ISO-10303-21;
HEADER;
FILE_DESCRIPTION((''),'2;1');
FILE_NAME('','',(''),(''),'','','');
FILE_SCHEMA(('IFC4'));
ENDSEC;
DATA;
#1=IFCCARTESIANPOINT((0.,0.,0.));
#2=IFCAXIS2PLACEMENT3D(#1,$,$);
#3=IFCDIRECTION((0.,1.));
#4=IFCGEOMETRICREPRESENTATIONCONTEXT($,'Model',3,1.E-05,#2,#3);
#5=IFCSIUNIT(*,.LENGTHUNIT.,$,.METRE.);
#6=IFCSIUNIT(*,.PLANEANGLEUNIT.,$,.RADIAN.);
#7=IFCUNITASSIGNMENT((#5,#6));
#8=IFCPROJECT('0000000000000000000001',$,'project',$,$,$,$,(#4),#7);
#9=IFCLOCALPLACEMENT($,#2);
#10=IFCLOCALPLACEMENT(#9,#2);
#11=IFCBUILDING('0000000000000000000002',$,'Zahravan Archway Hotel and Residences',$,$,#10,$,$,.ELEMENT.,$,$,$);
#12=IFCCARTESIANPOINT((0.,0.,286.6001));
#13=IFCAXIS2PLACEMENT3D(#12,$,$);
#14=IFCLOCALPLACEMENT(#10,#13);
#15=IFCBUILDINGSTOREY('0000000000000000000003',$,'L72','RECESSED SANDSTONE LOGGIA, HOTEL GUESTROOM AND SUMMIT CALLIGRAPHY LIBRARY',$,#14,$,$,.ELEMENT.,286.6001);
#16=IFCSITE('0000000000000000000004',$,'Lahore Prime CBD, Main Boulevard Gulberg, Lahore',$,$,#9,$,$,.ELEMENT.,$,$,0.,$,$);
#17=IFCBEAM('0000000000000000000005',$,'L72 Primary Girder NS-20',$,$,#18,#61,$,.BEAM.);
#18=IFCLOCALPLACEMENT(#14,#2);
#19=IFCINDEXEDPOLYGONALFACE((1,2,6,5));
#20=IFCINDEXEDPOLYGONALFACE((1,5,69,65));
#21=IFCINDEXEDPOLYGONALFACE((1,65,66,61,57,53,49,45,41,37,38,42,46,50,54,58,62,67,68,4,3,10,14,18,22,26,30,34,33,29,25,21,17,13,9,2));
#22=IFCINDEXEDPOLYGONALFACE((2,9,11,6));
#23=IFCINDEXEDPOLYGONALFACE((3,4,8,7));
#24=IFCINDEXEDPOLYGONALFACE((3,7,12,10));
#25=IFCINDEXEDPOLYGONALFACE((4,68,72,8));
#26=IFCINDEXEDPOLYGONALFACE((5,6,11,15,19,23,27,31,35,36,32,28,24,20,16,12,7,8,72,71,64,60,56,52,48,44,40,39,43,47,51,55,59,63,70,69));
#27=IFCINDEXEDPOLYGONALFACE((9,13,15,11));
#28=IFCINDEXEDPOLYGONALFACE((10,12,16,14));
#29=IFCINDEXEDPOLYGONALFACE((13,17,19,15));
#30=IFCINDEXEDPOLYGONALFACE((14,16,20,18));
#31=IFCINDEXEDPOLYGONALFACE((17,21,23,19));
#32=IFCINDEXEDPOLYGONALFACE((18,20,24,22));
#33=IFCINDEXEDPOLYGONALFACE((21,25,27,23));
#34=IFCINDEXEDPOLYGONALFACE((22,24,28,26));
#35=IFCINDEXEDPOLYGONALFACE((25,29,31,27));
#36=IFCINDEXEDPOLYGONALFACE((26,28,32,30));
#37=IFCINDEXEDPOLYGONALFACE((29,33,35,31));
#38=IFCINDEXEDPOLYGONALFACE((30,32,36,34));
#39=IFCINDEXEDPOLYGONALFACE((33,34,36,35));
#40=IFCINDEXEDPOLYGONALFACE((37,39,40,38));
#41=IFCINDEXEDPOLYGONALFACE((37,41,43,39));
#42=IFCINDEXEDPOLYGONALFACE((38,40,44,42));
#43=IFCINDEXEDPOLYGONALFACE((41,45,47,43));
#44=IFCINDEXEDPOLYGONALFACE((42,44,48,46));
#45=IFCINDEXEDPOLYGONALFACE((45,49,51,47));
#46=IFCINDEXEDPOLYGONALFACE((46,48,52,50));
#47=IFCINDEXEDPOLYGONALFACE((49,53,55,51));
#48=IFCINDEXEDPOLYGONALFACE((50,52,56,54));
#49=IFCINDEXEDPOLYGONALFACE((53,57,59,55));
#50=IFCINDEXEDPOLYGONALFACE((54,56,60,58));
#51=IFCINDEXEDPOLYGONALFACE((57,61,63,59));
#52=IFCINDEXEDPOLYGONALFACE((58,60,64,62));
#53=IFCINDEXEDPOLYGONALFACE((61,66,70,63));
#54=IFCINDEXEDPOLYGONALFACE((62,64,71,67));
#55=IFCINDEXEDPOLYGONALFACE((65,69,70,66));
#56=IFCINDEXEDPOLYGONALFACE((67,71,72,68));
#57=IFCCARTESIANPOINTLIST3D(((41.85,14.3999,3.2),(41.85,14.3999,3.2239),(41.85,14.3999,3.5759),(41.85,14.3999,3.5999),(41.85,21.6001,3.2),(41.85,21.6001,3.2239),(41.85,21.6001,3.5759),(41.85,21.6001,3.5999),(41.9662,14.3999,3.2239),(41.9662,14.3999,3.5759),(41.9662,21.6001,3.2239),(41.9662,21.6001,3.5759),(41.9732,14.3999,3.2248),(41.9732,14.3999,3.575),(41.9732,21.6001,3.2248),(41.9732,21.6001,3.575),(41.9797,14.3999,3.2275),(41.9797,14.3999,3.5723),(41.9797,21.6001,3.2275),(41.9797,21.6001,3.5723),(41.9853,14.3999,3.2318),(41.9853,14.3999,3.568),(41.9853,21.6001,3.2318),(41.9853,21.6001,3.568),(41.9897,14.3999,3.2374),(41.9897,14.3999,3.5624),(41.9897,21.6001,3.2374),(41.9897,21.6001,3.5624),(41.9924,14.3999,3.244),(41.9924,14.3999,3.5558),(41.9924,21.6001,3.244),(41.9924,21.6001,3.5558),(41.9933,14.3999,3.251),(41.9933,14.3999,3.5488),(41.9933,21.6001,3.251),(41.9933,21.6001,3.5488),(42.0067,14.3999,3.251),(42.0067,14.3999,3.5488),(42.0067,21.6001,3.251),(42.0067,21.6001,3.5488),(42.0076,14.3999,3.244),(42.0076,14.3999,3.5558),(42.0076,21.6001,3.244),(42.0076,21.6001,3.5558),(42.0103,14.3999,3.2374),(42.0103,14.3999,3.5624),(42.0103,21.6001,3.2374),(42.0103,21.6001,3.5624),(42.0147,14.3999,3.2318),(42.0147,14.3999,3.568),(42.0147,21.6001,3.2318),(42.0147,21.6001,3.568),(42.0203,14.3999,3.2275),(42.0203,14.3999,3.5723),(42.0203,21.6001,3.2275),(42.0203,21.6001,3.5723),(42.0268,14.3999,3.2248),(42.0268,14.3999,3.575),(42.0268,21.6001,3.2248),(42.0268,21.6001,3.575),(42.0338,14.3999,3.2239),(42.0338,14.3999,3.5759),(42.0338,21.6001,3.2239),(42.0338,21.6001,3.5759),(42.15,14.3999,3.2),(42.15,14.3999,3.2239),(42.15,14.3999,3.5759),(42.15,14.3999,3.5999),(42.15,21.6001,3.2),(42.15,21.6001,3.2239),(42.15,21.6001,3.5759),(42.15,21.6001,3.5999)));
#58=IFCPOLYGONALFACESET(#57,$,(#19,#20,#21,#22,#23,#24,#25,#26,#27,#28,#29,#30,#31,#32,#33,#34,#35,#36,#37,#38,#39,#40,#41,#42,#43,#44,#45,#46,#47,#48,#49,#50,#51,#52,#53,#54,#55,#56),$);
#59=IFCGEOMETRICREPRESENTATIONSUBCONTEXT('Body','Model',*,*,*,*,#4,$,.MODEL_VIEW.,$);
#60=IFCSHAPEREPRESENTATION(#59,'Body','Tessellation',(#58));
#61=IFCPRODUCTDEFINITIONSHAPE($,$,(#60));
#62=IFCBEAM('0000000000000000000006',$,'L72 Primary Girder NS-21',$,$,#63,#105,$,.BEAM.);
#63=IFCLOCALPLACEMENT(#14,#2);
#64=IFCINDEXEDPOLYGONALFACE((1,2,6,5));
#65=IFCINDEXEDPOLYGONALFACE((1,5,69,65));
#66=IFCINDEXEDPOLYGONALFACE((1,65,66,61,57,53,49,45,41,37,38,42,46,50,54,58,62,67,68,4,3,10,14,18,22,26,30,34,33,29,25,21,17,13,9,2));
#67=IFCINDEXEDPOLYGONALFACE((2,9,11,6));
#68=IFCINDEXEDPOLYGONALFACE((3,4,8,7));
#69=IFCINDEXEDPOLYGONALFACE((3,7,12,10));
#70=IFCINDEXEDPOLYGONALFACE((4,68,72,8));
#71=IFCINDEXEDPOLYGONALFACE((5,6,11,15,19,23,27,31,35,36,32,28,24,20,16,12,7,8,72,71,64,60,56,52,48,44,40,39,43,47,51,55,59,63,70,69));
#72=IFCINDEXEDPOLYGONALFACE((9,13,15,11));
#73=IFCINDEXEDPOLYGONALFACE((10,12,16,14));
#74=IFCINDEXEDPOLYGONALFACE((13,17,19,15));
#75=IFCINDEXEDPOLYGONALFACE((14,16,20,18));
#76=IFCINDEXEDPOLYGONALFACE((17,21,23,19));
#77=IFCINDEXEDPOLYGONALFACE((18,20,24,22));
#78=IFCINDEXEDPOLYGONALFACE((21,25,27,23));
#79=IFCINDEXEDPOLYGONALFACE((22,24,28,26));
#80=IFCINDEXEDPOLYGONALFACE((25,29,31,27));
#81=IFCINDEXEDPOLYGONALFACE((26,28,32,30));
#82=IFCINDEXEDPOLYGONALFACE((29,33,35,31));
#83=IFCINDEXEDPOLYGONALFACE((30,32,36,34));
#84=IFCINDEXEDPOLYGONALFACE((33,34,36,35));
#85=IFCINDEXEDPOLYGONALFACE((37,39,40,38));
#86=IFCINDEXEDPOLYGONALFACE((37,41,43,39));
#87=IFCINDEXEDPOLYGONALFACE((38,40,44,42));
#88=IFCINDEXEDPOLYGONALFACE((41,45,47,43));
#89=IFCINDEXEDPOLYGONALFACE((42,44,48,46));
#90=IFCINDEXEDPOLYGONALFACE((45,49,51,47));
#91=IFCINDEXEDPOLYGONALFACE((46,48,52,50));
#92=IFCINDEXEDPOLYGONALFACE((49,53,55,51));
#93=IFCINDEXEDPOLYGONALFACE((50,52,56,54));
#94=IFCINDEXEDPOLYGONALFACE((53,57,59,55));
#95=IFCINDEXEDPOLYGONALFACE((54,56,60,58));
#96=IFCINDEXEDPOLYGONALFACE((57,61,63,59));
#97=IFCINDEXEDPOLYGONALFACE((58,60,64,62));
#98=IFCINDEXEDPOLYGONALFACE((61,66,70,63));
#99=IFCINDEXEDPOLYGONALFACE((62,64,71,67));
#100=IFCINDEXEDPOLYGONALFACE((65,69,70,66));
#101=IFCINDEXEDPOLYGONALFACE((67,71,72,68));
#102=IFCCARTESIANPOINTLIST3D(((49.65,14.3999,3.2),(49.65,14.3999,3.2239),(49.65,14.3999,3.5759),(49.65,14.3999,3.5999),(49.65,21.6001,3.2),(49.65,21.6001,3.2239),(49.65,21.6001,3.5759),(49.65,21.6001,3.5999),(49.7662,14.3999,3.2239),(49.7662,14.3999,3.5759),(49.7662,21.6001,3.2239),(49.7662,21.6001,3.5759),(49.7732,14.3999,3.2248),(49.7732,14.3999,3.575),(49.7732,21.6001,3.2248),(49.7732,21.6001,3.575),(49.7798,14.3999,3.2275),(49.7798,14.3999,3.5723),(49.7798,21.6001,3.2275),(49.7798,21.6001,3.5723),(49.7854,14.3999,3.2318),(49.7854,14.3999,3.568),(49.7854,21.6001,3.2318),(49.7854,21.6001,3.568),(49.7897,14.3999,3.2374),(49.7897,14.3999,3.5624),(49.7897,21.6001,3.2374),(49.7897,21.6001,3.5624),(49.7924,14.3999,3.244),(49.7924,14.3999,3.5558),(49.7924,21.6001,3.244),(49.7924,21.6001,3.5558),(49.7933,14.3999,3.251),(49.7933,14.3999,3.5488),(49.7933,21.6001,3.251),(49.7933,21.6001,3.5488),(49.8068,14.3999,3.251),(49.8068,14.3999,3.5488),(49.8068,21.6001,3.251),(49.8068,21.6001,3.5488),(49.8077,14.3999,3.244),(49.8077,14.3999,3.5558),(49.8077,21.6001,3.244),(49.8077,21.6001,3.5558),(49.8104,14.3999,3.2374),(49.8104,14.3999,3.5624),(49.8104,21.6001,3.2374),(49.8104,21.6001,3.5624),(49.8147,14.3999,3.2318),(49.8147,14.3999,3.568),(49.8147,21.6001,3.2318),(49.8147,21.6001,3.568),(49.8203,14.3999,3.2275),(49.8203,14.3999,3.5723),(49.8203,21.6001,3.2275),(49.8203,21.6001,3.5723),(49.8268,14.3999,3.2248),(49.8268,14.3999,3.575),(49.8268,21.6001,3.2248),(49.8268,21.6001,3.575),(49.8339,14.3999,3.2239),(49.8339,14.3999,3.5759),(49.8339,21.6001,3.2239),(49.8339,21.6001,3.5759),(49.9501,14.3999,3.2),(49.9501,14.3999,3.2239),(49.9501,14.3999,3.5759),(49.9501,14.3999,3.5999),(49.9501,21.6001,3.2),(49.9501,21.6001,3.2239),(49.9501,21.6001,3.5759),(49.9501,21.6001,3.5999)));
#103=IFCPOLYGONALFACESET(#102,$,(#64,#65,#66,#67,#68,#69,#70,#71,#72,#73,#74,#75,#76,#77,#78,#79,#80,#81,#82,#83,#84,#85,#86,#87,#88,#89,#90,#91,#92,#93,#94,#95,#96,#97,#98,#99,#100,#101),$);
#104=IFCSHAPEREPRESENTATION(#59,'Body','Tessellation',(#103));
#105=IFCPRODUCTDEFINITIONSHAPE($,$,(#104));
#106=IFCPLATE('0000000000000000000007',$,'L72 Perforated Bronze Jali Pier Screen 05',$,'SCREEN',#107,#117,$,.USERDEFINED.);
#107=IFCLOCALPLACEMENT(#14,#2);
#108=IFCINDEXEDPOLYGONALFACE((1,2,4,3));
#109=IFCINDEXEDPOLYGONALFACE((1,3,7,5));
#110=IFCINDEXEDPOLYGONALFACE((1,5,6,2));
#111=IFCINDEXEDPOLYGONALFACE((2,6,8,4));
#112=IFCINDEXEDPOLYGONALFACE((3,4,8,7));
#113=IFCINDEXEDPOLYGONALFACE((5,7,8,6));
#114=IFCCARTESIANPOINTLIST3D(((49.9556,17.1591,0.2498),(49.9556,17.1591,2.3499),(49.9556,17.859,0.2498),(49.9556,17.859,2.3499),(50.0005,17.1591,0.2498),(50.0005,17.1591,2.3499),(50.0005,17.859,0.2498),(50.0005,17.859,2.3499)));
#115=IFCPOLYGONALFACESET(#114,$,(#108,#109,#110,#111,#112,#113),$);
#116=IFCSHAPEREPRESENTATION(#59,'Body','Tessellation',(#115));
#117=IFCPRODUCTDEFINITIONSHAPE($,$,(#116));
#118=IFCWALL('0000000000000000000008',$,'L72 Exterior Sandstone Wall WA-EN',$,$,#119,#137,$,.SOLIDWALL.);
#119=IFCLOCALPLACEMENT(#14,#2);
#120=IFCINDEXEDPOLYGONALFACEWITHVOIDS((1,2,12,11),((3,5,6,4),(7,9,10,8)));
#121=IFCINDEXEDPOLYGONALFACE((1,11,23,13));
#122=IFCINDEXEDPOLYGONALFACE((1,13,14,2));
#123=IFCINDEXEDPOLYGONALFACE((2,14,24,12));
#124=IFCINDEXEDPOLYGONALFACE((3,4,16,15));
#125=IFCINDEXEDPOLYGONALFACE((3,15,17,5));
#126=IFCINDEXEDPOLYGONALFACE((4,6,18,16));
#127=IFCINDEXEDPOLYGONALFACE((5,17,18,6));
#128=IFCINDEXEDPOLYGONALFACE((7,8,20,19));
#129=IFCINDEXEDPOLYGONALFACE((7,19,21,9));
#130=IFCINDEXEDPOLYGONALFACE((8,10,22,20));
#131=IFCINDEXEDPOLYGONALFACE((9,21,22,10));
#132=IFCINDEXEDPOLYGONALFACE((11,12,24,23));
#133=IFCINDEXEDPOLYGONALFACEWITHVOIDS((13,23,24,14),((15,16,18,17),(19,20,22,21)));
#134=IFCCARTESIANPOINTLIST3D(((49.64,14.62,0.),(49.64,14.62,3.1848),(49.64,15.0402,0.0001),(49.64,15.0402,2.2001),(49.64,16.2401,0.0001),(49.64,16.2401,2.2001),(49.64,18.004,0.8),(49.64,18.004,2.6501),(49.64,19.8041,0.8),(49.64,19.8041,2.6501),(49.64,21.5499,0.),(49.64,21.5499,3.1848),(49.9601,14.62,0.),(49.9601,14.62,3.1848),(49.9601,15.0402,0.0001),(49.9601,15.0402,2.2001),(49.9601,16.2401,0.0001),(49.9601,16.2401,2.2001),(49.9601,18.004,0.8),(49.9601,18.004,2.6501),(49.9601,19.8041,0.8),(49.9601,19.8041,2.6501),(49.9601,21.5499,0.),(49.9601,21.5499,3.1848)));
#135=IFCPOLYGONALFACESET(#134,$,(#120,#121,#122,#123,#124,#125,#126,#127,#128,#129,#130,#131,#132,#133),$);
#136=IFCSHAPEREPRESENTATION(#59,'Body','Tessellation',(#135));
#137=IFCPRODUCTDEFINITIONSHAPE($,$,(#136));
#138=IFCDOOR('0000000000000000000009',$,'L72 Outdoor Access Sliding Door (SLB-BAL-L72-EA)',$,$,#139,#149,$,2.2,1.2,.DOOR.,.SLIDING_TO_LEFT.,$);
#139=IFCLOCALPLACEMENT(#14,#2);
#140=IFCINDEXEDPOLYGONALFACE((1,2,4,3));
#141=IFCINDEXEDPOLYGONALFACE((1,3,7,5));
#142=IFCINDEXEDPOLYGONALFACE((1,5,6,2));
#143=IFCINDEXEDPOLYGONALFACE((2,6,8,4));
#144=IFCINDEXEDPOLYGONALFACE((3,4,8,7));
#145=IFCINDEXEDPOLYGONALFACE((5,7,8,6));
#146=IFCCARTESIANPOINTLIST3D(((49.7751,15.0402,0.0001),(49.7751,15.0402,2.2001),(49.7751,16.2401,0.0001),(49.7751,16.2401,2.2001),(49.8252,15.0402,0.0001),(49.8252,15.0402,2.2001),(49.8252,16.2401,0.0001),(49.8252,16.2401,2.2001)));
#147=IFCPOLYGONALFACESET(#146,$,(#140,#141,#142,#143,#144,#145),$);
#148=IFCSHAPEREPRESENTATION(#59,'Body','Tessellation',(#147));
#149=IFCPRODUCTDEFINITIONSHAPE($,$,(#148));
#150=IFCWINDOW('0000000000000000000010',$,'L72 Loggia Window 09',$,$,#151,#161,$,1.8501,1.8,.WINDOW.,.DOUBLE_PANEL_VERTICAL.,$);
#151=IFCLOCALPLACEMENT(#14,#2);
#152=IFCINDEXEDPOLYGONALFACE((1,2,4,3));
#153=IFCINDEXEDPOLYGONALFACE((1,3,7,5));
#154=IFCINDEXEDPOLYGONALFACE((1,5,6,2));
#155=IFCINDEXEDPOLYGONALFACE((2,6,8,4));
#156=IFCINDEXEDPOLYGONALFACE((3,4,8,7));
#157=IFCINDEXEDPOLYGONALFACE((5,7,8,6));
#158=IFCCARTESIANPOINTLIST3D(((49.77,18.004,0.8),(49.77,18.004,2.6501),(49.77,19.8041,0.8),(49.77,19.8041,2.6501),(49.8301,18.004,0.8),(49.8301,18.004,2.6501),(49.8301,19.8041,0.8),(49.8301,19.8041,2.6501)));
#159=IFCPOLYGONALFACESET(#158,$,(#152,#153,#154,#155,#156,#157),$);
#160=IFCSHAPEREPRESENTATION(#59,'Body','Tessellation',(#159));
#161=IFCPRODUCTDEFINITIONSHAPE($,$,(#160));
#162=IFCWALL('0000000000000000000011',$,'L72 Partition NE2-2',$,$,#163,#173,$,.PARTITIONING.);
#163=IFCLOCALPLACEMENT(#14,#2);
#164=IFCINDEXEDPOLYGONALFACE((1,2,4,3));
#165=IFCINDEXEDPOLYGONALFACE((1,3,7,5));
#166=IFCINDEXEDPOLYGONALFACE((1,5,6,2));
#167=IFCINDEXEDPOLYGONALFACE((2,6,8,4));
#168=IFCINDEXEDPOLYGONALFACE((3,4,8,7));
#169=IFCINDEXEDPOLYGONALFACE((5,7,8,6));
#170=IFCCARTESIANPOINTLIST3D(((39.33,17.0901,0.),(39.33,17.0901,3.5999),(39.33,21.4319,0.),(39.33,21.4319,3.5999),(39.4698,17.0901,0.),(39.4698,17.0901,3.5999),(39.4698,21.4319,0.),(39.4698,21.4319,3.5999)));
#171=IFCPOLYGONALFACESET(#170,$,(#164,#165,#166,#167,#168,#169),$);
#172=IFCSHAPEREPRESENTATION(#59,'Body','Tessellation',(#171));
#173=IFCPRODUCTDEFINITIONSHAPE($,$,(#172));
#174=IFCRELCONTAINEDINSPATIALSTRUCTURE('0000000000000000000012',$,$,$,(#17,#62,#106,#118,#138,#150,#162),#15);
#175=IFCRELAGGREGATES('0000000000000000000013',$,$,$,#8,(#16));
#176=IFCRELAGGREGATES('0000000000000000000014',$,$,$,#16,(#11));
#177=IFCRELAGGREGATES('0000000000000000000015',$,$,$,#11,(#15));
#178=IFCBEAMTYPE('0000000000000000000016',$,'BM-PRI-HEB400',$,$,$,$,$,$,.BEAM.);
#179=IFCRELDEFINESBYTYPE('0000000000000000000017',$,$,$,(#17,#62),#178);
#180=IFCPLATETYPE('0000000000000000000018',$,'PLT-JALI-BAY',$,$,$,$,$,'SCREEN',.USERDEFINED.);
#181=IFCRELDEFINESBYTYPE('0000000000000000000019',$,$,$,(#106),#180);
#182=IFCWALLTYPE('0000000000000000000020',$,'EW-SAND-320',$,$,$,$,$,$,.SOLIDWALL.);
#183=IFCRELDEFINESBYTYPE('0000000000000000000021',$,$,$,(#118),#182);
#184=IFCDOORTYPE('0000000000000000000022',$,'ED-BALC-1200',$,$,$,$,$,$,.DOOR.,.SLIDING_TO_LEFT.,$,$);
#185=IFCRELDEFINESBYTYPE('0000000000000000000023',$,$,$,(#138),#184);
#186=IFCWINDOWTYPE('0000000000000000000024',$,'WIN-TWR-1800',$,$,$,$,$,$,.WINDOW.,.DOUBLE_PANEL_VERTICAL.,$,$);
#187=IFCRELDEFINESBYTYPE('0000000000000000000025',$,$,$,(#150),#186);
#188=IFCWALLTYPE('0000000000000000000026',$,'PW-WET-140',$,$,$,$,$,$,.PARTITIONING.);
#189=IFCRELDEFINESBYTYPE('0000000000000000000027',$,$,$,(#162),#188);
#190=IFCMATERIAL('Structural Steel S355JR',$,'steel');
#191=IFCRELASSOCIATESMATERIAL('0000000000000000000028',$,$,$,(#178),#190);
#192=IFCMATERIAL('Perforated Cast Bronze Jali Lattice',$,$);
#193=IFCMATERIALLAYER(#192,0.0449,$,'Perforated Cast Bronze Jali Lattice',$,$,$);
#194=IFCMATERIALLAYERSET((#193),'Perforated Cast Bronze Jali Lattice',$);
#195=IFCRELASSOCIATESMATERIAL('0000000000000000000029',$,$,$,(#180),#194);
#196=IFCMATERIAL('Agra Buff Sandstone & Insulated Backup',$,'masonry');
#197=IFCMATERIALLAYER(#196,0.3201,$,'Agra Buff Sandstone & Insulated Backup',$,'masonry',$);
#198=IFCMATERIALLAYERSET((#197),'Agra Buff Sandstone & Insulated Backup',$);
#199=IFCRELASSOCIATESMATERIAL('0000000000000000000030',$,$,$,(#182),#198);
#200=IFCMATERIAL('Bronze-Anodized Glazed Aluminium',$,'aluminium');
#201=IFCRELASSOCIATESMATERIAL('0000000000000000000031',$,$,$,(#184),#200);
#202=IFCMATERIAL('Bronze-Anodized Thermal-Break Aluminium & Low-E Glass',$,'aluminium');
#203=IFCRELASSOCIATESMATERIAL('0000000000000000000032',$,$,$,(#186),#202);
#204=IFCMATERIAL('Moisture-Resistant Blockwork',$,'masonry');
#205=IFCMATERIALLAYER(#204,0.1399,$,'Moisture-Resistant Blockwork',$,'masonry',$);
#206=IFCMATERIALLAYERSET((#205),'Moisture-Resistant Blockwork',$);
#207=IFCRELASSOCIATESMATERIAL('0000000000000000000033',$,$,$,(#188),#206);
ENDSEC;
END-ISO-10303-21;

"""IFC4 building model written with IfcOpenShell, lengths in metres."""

from ifc_helpers import new_model, si_unit, direction, frame, frame_2d, origin, origin_2d, place, context, subcontext, project, spatial, rectangle, i_section, extrude, source, transform, mapped, material, layer, layer_set, material_profile, profile_set, type_object, type_shapes, element, fill, save


model = new_model("IFC4")

# Units and contexts
model_context = context("Model", 3, precision=1e-05, world=origin(), true_north=direction((0.0, 1.0)))
body_context = subcontext(model_context, "Body", "Model", "MODEL_VIEW")
ifc_project = project(units=[si_unit("LENGTHUNIT", "METRE"), si_unit("PLANEANGLEUNIT", "RADIAN")], contexts=[model_context])

# Site, building, storey
site_placement = place(None, origin())
site = spatial("IfcSite", under=ifc_project, at=site_placement, Name="Lahore Prime CBD, Main Boulevard Gulberg, Lahore", CompositionType="ELEMENT", RefElevation=0.0)
building_placement = place(site_placement, origin())
building = spatial("IfcBuilding", under=site, at=building_placement, Name="Zahravan Archway Hotel and Residences", CompositionType="ELEMENT")
storey_placement = place(building_placement, frame((0.0, 0.0, 286.6001)))
storey = spatial("IfcBuildingStorey", under=building, at=storey_placement, Name="L72", Description="RECESSED SANDSTONE LOGGIA, HOTEL GUESTROOM AND SUMMIT CALLIGRAPHY LIBRARY", CompositionType="ELEMENT", Elevation=286.6001)

# Beams
ifc_material_1 = material(Name="Structural Steel S355JR", Category="steel")
ifc_material_profile_1 = material_profile(ifc_material_1, i_section(OverallWidth=0.3, OverallDepth=0.3999, WebThickness=0.0134, FlangeThickness=0.0239, FilletRadius=0.0271, at=origin_2d()), Name="HEB 400", Category="steel")
ifc_profile_set_1 = profile_set([ifc_material_profile_1], Name="Structural Steel S355JR")
beam_type = type_object("IfcBeamType", Name="BM-PRI-HEB400", PredefinedType="BEAM", material=ifc_profile_set_1)
shared_shape_1 = source(origin(), body_context, "Body", "SweptSolid", [
    extrude(i_section(OverallWidth=0.3, OverallDepth=0.3999, WebThickness=0.0134, FlangeThickness=0.0239, FilletRadius=0.0271, at=origin_2d()), origin(), (0.0, 0.0, 1.0), 7.2002),
])
for number, where, z_axis, x_axis, name in (
    (1, (42.0, 14.3999, 3.3999), (0.0, 1.0, 0.0), (-1.0, 0.0, 0.0), "L72 Primary Girder NS-20"),
    (2, (49.8, 14.3999, 3.3999), (0.0, 1.0, 0.0), (-1.0, 0.0, 0.0), "L72 Primary Girder NS-21"),
):
    element("IfcBeam", number, at=place(storey_placement, frame(where, z_axis=z_axis, x_axis=x_axis)), inside=storey, type_object=beam_type, Name=name, PredefinedType="BEAM", context=body_context, shape_type="MappedRepresentation", body=[
        mapped(shared_shape_1, transform((0.0, 0.0, 0.0), scale=1.0)),
    ])

# Plate
ifc_material_2 = material(Name="Perforated Cast Bronze Jali Lattice")
ifc_layer_1 = layer(ifc_material_2, 0.0449, Name="Perforated Cast Bronze Jali Lattice")
ifc_layer_set_1 = layer_set([ifc_layer_1], Name="Perforated Cast Bronze Jali Lattice")
plate_type = type_object("IfcPlateType", Name="PLT-JALI-BAY", ElementType="SCREEN", PredefinedType="USERDEFINED", material=ifc_layer_set_1)
shared_shape_2 = source(origin(), body_context, "Body", "SweptSolid", [
    extrude(rectangle(XDim=0.7, YDim=0.0449, at=origin_2d()), origin(), (0.0, 0.0, 1.0), 2.1001),
])
type_shapes(plate_type, [shared_shape_2])
plate_placement = place(storey_placement, frame((49.978, 17.509, 0.2498), z_axis=(0.0, 0.0, 1.0), x_axis=(0.0, 1.0, 0.0)))
element("IfcPlate", 3, at=plate_placement, inside=storey, type_object=plate_type, Name="L72 Perforated Bronze Jali Pier Screen 05", ObjectType="SCREEN", PredefinedType="USERDEFINED", context=body_context, shape_type="MappedRepresentation", body=[
    mapped(shared_shape_2, transform((0.0, 0.0, 0.0), scale=1.0)),
])

# Wall, openings, door, window
ifc_material_3 = material(Name="Agra Buff Sandstone & Insulated Backup", Category="masonry")
ifc_layer_2 = layer(ifc_material_3, 0.3201, Name="Agra Buff Sandstone & Insulated Backup", Category="masonry")
ifc_layer_set_2 = layer_set([ifc_layer_2], Name="Agra Buff Sandstone & Insulated Backup")
wall_type_1 = type_object("IfcWallType", Name="EW-SAND-320", PredefinedType="SOLIDWALL", material=ifc_layer_set_2)
wall_1_placement = place(storey_placement, frame((49.8, 14.6201, 0.0), z_axis=(0.0, 0.0, 1.0), x_axis=(0.0, 1.0, 0.0)))
wall_1 = element("IfcWall", 4, at=wall_1_placement, inside=storey, type_object=wall_type_1, Name="L72 Exterior Sandstone Wall WA-EN", PredefinedType="SOLIDWALL", context=body_context, shape_type="SweptSolid", body=[
    extrude(rectangle(XDim=6.9299, YDim=0.3201, at=frame_2d((3.4648, 0.0))), origin(), (0.0, 0.0, 1.0), 3.1848),
])
opening_1_placement = place(wall_1_placement, frame((0.4199, 0.0, 0.0)))
opening_1 = element("IfcOpeningElement", 5, at=opening_1_placement, cuts=wall_1, PredefinedType="OPENING", context=body_context, shape_type="SweptSolid", body=[
    extrude(rectangle(XDim=1.2, YDim=2.2, at=frame_2d((0.6001, 1.1001))), frame((0.0, 0.1699, 0.0), z_axis=(0.0, -1.0, 0.0), x_axis=(1.0, 0.0, 0.0)), (0.0, 0.0, 1.0), 0.3401),
])
opening_2_placement = place(wall_1_placement, frame((3.384, 0.0, 0.8)))
opening_2 = element("IfcOpeningElement", 6, at=opening_2_placement, cuts=wall_1, PredefinedType="OPENING", context=body_context, shape_type="SweptSolid", body=[
    extrude(rectangle(XDim=1.8, YDim=1.8501, at=frame_2d((0.8999, 0.925))), frame((0.0, 0.1699, 0.0), z_axis=(0.0, -1.0, 0.0), x_axis=(1.0, 0.0, 0.0)), (0.0, 0.0, 1.0), 0.3401),
])
ifc_material_4 = material(Name="Bronze-Anodized Glazed Aluminium", Category="aluminium")
door_type_1 = type_object("IfcDoorType", Name="ED-BALC-1200", OperationType="SLIDING_TO_LEFT", PredefinedType="DOOR", material=ifc_material_4)
shared_shape_3 = source(origin(), body_context, "Body", "SweptSolid", [
    extrude(rectangle(XDim=1.2, YDim=2.2, at=frame_2d((0.6001, 1.1001))), frame((0.0, 0.0249, 0.0), z_axis=(0.0, -1.0, 0.0), x_axis=(1.0, 0.0, 0.0)), (0.0, 0.0, 1.0), 0.05),
])
type_shapes(door_type_1, [shared_shape_3])
door_1_placement = place(opening_1_placement, origin())
door_1 = element("IfcDoor", 7, at=door_1_placement, inside=storey, type_object=door_type_1, Name="L72 Outdoor Access Sliding Door (SLB-BAL-L72-EA)", OperationType="SLIDING_TO_LEFT", OverallHeight=2.2, OverallWidth=1.2, PredefinedType="DOOR", context=body_context, shape_type="MappedRepresentation", body=[
    mapped(shared_shape_3, transform((0.0, 0.0, 0.0), scale=1.0)),
])
fill(opening_1, door_1)
ifc_material_5 = material(Name="Bronze-Anodized Thermal-Break Aluminium & Low-E Glass", Category="aluminium")
window_type = type_object("IfcWindowType", Name="WIN-TWR-1800", PartitioningType="DOUBLE_PANEL_VERTICAL", PredefinedType="WINDOW", material=ifc_material_5)
shared_shape_4 = source(origin(), body_context, "Body", "SweptSolid", [
    extrude(rectangle(XDim=1.8, YDim=1.8501, at=frame_2d((0.8999, 0.925))), frame((0.0, 0.03, 0.0), z_axis=(0.0, -1.0, 0.0), x_axis=(1.0, 0.0, 0.0)), (0.0, 0.0, 1.0), 0.0601),
])
type_shapes(window_type, [shared_shape_4])
window_placement = place(opening_2_placement, origin())
window = element("IfcWindow", 8, at=window_placement, inside=storey, type_object=window_type, Name="L72 Loggia Window 09", OverallHeight=1.8501, OverallWidth=1.8, PartitioningType="DOUBLE_PANEL_VERTICAL", PredefinedType="WINDOW", context=body_context, shape_type="MappedRepresentation", body=[
    mapped(shared_shape_4, transform((0.0, 0.0, 0.0), scale=1.0)),
])
fill(opening_2, window)

# Wall
ifc_material_6 = material(Name="Moisture-Resistant Blockwork", Category="masonry")
ifc_layer_3 = layer(ifc_material_6, 0.1399, Name="Moisture-Resistant Blockwork", Category="masonry")
ifc_layer_set_3 = layer_set([ifc_layer_3], Name="Moisture-Resistant Blockwork")
wall_type_2 = type_object("IfcWallType", Name="PW-WET-140", PredefinedType="PARTITIONING", material=ifc_layer_set_3)
for number, where, z_axis, x_axis, name in (
    (9, (39.3999, 17.0901, 0.0), (0.0, 0.0, 1.0), (0.0, 1.0, 0.0), "L72 Partition NE2-2"),
):
    element("IfcWall", number, at=place(storey_placement, frame(where, z_axis=z_axis, x_axis=x_axis)), inside=storey, type_object=wall_type_2, Name=name, PredefinedType="PARTITIONING", context=body_context, shape_type="SweptSolid", body=[
        extrude(rectangle(XDim=4.3418, YDim=0.1399, at=frame_2d((2.1709, 0.0))), origin(), (0.0, 0.0, 1.0), 3.5999),
    ])

save(model, "model.ifc")
